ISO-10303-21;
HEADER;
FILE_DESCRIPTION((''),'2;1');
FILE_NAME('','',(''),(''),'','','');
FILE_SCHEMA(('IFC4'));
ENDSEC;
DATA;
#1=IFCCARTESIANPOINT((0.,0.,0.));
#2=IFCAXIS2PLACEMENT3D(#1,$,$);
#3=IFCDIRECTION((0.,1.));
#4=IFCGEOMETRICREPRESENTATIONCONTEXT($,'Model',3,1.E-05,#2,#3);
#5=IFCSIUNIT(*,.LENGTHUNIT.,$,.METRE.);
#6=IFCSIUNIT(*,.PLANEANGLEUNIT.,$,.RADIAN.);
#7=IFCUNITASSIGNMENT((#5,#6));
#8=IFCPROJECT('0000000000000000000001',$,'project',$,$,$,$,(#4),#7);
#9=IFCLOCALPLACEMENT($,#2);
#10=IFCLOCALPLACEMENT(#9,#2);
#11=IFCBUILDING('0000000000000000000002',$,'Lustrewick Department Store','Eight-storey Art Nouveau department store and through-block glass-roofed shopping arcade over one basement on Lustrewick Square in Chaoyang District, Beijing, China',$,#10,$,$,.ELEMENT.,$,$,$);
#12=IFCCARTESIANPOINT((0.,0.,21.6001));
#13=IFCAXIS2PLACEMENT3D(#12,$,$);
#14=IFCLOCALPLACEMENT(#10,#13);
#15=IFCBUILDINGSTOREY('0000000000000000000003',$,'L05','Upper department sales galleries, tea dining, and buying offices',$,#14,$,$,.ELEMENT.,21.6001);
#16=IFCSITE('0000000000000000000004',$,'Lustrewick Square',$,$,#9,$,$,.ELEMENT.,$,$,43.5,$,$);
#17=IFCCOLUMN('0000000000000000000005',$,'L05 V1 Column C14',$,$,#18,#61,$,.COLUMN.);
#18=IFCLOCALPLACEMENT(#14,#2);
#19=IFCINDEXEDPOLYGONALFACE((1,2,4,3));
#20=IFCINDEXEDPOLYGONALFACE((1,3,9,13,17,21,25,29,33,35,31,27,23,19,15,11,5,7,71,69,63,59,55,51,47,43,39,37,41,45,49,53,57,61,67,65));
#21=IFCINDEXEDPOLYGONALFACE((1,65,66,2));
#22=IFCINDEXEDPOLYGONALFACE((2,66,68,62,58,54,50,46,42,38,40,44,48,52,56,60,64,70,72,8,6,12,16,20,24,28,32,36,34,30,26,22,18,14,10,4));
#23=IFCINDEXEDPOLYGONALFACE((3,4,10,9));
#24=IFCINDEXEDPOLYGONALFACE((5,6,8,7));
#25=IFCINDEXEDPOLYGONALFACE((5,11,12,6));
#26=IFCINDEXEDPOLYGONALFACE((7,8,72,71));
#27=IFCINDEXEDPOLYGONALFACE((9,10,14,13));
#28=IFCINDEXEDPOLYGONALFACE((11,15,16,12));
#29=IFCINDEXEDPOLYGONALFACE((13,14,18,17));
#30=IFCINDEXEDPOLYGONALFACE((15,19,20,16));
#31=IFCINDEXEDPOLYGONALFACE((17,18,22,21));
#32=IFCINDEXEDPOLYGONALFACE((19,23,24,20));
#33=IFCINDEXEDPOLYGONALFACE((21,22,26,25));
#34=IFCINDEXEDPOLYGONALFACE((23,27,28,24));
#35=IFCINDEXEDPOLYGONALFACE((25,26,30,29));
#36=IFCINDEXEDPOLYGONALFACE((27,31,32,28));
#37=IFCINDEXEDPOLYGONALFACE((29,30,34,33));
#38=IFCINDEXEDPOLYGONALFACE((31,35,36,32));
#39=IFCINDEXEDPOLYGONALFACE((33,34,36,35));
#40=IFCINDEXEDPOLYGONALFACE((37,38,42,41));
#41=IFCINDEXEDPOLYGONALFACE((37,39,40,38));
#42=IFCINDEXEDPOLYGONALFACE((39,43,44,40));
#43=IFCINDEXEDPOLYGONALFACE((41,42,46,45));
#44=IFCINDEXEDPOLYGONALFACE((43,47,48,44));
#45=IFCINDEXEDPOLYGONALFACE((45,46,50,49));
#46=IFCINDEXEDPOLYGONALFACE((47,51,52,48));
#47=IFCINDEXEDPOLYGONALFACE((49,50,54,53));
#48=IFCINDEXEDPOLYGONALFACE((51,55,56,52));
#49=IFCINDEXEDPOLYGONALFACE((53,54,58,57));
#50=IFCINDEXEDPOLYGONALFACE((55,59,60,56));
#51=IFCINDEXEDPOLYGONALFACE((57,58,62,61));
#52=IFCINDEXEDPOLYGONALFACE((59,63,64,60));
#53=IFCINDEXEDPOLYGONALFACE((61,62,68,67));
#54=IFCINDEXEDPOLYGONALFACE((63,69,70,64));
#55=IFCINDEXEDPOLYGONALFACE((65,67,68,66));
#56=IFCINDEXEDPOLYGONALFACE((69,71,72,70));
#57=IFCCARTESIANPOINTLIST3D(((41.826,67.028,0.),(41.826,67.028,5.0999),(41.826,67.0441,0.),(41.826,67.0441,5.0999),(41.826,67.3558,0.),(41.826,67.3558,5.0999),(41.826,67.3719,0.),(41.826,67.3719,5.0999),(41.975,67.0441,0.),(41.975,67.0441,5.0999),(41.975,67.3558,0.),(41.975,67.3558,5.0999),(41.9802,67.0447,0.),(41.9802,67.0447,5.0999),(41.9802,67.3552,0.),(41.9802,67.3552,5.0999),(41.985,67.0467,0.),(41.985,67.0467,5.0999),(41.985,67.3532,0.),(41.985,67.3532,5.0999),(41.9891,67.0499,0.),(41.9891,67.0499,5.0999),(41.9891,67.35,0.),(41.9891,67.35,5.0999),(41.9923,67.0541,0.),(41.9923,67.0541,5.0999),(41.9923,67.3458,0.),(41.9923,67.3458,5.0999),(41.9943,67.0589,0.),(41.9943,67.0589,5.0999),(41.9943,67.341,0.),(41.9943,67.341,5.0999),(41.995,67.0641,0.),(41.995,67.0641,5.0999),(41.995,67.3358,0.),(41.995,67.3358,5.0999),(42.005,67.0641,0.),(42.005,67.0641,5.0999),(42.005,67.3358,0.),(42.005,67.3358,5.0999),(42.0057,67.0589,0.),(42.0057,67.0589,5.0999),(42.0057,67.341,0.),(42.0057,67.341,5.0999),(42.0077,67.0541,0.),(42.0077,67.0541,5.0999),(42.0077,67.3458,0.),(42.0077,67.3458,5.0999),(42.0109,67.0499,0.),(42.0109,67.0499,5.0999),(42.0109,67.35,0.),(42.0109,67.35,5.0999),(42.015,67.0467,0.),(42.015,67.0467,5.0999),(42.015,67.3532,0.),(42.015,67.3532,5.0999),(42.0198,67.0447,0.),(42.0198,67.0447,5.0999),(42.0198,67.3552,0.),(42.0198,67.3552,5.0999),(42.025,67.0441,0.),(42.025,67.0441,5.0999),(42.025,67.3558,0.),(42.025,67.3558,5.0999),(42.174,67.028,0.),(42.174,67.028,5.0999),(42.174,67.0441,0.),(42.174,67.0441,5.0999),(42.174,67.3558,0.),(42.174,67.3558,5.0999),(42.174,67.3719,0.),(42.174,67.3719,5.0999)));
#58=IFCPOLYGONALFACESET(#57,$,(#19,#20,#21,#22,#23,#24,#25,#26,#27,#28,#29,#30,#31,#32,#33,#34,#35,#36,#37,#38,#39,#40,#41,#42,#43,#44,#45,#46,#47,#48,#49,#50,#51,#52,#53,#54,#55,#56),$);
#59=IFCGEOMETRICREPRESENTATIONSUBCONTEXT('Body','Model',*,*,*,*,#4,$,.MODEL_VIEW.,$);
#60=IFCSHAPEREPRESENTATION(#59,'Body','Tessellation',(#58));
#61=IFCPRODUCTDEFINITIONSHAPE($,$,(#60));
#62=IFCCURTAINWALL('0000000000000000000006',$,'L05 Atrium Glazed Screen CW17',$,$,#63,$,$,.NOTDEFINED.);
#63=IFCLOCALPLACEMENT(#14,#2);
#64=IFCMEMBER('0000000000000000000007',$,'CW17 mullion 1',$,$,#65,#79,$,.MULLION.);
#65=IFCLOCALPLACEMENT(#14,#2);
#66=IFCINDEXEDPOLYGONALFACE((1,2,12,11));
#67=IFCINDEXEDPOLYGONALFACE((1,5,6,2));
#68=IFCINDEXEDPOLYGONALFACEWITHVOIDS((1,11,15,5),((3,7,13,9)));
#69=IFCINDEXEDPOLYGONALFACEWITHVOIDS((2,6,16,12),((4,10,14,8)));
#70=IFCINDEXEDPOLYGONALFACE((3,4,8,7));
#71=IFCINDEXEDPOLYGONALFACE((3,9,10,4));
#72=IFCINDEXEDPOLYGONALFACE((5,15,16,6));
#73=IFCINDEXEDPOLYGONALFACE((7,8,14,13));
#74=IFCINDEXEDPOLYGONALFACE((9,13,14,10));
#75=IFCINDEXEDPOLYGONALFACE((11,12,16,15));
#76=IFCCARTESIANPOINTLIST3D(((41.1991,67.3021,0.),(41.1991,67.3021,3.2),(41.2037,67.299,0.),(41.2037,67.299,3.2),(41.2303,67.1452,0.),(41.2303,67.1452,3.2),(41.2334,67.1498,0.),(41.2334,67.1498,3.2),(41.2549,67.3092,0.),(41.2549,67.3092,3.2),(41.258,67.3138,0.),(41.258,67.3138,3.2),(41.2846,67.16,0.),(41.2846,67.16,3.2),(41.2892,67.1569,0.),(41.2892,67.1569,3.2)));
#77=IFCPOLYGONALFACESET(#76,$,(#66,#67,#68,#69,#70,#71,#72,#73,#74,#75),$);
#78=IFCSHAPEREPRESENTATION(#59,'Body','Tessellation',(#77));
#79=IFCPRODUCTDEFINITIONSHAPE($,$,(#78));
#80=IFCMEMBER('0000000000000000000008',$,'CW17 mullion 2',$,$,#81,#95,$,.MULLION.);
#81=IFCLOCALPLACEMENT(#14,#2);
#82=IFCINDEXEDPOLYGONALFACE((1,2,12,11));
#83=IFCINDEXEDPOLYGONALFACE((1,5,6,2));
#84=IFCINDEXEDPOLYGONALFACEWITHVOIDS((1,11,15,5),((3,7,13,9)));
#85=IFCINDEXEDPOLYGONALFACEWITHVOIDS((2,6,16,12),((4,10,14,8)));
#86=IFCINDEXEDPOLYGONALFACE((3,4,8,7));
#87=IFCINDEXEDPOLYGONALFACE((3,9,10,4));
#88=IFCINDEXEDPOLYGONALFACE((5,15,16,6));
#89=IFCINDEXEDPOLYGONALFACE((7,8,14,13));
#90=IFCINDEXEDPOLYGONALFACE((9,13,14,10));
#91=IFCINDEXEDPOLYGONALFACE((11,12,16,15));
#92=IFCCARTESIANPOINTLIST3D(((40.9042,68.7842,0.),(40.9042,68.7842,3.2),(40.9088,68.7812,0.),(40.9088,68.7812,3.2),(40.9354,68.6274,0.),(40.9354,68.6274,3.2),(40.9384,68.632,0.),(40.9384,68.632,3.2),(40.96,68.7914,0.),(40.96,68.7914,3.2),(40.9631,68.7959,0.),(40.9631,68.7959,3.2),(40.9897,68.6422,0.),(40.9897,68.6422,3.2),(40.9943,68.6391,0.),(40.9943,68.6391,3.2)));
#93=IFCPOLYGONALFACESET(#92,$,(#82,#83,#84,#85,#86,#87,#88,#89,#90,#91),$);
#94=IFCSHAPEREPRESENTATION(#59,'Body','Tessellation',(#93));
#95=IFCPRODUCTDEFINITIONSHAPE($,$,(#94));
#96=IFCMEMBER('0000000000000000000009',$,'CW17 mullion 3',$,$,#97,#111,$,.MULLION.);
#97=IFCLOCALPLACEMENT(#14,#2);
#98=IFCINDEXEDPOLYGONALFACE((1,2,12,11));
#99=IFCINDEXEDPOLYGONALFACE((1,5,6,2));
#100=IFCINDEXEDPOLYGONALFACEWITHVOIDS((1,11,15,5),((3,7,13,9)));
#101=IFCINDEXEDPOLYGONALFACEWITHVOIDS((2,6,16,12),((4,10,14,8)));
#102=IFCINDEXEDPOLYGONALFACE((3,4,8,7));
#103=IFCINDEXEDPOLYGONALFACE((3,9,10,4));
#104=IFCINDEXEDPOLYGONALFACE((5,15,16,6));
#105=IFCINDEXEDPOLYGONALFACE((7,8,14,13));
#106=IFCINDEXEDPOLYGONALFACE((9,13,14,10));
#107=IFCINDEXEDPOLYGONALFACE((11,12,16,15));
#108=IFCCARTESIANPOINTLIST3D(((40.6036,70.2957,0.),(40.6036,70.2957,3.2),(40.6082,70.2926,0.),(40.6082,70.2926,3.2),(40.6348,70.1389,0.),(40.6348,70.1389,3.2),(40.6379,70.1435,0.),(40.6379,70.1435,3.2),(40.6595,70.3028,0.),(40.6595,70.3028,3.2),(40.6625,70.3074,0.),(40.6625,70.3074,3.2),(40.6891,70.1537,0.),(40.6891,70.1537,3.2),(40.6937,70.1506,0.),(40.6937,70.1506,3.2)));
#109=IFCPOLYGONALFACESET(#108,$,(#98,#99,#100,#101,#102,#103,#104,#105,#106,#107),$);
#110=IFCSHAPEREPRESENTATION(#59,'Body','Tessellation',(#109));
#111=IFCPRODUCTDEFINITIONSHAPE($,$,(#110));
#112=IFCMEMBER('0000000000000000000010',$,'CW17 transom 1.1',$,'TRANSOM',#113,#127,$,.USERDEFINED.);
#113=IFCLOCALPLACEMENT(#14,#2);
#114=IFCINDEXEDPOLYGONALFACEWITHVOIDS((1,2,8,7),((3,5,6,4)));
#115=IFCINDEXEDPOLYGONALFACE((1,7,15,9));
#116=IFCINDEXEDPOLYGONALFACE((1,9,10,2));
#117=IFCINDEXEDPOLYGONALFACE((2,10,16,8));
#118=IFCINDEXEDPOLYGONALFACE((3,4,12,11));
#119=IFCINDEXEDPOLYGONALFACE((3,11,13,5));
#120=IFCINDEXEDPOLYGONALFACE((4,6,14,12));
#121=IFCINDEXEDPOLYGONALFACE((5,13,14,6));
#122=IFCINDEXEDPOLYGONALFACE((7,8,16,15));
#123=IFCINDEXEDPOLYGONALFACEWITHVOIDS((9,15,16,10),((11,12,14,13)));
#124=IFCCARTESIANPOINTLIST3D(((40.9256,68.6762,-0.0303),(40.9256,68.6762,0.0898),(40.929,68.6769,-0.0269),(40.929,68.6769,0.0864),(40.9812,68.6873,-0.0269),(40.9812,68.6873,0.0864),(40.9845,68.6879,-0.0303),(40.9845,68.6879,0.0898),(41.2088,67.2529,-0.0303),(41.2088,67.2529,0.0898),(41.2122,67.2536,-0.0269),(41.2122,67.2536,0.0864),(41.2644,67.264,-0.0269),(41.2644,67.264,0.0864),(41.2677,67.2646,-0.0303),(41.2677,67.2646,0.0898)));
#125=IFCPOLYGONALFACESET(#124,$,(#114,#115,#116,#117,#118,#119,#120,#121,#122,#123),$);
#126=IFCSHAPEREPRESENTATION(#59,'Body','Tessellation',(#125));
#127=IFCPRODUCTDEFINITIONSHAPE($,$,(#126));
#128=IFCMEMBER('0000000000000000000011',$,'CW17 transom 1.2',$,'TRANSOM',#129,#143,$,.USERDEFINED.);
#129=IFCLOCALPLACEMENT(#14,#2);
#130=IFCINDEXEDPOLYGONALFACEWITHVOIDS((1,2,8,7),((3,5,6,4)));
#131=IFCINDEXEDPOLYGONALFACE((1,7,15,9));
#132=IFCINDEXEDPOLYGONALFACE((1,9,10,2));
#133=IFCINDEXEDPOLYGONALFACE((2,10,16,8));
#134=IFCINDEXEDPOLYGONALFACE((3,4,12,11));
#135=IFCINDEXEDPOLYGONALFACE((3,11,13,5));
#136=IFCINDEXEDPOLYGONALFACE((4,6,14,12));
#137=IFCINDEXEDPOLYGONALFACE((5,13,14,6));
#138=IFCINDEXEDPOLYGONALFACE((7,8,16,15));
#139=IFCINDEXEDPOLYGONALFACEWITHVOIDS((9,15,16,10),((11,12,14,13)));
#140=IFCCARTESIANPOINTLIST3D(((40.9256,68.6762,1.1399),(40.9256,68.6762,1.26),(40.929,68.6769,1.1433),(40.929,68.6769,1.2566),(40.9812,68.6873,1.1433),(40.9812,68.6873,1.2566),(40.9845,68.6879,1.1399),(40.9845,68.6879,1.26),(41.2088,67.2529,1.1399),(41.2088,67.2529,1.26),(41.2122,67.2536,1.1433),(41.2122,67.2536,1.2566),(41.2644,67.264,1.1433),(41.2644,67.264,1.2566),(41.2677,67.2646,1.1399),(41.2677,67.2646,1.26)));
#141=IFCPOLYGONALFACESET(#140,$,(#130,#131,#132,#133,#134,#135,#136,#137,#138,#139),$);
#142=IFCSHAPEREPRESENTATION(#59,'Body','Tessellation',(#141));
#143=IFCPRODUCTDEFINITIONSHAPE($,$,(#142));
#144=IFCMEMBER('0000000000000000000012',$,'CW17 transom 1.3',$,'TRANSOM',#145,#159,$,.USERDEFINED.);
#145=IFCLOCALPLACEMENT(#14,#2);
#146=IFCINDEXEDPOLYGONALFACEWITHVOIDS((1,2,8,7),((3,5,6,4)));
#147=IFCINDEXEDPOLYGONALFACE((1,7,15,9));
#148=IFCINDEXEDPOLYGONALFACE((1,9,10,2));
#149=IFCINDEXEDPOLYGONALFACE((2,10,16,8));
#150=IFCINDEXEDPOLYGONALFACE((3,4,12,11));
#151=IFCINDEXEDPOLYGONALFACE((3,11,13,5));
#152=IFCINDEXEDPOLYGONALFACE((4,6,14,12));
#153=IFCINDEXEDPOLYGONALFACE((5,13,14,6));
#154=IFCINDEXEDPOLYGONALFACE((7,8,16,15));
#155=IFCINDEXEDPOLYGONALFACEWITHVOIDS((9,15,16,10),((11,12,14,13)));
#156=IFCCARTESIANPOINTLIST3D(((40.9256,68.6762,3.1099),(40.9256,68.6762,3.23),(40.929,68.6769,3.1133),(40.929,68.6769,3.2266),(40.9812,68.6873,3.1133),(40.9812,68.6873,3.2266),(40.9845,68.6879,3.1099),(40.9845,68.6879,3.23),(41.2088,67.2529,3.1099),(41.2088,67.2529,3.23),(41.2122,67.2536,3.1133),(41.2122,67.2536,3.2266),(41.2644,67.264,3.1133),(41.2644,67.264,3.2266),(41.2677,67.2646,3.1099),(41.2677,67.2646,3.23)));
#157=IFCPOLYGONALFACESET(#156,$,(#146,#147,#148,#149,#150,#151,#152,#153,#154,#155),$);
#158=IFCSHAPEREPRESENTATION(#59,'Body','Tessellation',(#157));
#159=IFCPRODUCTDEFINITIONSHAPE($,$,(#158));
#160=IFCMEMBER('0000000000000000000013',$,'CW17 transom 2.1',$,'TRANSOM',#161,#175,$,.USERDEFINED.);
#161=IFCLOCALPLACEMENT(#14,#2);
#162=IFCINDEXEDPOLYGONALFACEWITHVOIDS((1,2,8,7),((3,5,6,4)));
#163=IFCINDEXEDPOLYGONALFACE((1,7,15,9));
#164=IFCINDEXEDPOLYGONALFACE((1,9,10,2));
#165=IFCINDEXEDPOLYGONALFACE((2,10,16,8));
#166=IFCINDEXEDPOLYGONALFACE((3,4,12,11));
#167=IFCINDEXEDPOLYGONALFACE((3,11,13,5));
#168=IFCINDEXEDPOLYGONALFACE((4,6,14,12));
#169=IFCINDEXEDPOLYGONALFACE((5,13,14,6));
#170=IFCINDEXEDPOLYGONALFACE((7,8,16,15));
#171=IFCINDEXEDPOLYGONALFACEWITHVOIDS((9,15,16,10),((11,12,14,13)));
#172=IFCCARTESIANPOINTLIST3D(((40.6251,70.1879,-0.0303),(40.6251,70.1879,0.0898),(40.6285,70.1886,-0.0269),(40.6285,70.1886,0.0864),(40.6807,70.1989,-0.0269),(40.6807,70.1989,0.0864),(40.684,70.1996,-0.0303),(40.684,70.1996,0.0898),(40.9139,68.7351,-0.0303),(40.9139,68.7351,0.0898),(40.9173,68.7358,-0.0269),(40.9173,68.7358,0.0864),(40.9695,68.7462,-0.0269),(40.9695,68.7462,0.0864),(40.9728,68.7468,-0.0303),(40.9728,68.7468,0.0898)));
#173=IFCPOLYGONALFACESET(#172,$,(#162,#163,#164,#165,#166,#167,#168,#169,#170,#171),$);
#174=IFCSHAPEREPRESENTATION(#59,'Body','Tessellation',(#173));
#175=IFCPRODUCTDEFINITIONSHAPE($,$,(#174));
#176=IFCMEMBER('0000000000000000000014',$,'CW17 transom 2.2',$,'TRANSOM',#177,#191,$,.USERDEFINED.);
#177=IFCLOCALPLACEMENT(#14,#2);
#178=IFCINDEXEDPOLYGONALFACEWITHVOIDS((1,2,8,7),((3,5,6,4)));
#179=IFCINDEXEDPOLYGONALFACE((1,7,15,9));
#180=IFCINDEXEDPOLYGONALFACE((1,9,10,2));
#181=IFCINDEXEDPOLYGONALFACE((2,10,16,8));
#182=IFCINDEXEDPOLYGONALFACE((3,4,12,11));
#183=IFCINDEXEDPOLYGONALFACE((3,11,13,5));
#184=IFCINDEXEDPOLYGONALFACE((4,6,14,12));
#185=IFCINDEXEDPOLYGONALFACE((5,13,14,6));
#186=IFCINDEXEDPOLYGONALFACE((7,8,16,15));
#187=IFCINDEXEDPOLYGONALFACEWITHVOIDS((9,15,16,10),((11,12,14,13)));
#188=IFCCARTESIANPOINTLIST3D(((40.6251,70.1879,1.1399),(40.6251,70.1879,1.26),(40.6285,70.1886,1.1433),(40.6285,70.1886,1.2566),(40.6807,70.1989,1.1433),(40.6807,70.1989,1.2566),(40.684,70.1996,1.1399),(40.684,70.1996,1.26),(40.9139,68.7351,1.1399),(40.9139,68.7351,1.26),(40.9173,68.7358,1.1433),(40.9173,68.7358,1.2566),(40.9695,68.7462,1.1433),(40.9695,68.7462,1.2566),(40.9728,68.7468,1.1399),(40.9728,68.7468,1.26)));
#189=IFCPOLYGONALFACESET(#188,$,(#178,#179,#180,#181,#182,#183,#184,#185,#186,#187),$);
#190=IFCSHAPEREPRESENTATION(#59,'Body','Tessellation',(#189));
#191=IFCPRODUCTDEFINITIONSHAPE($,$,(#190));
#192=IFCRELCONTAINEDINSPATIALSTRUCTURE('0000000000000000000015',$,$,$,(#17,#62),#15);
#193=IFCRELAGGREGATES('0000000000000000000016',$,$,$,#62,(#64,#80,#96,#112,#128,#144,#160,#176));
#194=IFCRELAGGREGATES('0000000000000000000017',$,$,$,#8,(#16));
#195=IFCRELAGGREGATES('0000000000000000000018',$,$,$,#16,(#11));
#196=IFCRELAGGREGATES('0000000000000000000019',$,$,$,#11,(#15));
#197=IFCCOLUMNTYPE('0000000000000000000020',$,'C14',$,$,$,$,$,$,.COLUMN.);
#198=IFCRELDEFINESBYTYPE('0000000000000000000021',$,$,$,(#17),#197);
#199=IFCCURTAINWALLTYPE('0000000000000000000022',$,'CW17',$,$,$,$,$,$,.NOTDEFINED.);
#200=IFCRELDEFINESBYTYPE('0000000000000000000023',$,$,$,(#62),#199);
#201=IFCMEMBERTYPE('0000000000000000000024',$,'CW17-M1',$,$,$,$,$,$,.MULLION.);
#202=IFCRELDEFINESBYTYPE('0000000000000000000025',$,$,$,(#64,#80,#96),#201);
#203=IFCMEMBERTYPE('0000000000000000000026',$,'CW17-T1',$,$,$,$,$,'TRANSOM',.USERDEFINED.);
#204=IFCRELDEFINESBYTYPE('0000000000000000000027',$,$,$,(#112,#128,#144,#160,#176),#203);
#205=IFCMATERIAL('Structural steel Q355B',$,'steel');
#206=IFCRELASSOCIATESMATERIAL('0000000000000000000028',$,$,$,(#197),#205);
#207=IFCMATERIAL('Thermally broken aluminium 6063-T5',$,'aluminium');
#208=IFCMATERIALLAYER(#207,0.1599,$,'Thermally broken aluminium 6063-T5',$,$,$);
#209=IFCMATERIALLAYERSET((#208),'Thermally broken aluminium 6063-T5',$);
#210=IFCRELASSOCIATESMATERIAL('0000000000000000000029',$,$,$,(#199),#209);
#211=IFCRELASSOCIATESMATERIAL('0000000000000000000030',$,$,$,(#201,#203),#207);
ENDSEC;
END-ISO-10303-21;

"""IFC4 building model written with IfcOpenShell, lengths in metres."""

from ifc_helpers import new_model, si_unit, direction, frame, origin, origin_2d, place, context, subcontext, project, spatial, hollow_rectangle, i_section, extrude, material, layer, layer_set, material_profile, profile_set, type_object, element, aggregate, save


model = new_model("IFC4")

# Units and contexts
model_context = context("Model", 3, precision=1e-05, world=origin(), true_north=direction((0.0, 1.0)))
body_context = subcontext(model_context, "Body", "Model", "MODEL_VIEW")
ifc_project = project(units=[si_unit("LENGTHUNIT", "METRE"), si_unit("PLANEANGLEUNIT", "RADIAN")], contexts=[model_context])

# Site, building, storey
site_placement = place(None, origin())
site = spatial("IfcSite", under=ifc_project, at=site_placement, Name="Lustrewick Square", CompositionType="ELEMENT", RefElevation=43.5)
building_placement = place(site_placement, origin())
building = spatial("IfcBuilding", under=site, at=building_placement, Name="Lustrewick Department Store", Description="Eight-storey Art Nouveau department store and through-block glass-roofed shopping arcade over one basement on Lustrewick Square in Chaoyang District, Beijing, China", CompositionType="ELEMENT")
storey_placement = place(building_placement, frame((0.0, 0.0, 21.6001)))
storey = spatial("IfcBuildingStorey", under=building, at=storey_placement, Name="L05", Description="Upper department sales galleries, tea dining, and buying offices", CompositionType="ELEMENT", Elevation=21.6001)

# Column
ifc_material_1 = material(Name="Structural steel Q355B", Category="steel")
ifc_material_profile_1 = material_profile(ifc_material_1, i_section(OverallWidth=0.3479, OverallDepth=0.344, WebThickness=0.01, FlangeThickness=0.0161, FilletRadius=0.02, at=origin_2d()), Name="HW 344x348x10x16")
ifc_profile_set_1 = profile_set([ifc_material_profile_1], Name="Structural steel Q355B")
column_type = type_object("IfcColumnType", Name="C14", PredefinedType="COLUMN", material=ifc_profile_set_1)
column_placement = place(storey_placement, frame((42.0, 67.2, 0.0), z_axis=(0.0, 0.0, 1.0), x_axis=(1.0, 0.0, 0.0)))
element("IfcColumn", 1, at=column_placement, inside=storey, type_object=column_type, Name="L05 V1 Column C14", PredefinedType="COLUMN", context=body_context, shape_type="SweptSolid", body=[
    extrude(i_section(OverallWidth=0.3479, OverallDepth=0.344, WebThickness=0.01, FlangeThickness=0.0161, FilletRadius=0.02, at=origin_2d()), origin(), (0.0, 0.0, 1.0), 5.0999),
])

# Curtain wall, members
ifc_material_2 = material(Name="Thermally broken aluminium 6063-T5", Category="aluminium")
ifc_layer_1 = layer(ifc_material_2, 0.1599, Name="Thermally broken aluminium 6063-T5")
ifc_layer_set_1 = layer_set([ifc_layer_1], Name="Thermally broken aluminium 6063-T5")
curtain_wall_type = type_object("IfcCurtainWallType", Name="CW17", PredefinedType="NOTDEFINED", material=ifc_layer_set_1)
curtain_wall_placement = place(storey_placement, origin())
curtain_wall = element("IfcCurtainWall", 2, at=curtain_wall_placement, inside=storey, type_object=curtain_wall_type, Name="L05 Atrium Glazed Screen CW17", PredefinedType="NOTDEFINED")
ifc_material_profile_2 = material_profile(ifc_material_2, hollow_rectangle(XDim=0.0601, YDim=0.1599, WallThickness=0.0039, at=origin_2d()), Name="ALU-M 60x160x4")
ifc_profile_set_2 = profile_set([ifc_material_profile_2], Name="Thermally broken aluminium 6063-T5")
member_type_1 = type_object("IfcMemberType", Name="CW17-M1", PredefinedType="MULLION", material=ifc_profile_set_2)
member_1_placement = place(storey_placement, frame((41.2441, 67.2295, 0.0), z_axis=(0.0, 0.0, 1.0), x_axis=(-0.980786, -0.195085, 0.0)))
member_1 = element("IfcMember", 3, at=member_1_placement, type_object=member_type_1, Name="CW17 mullion 1", PredefinedType="MULLION", context=body_context, shape_type="SweptSolid", body=[
    extrude(hollow_rectangle(XDim=0.0601, YDim=0.1599, WallThickness=0.0039, at=origin_2d()), origin(), (0.0, 0.0, 1.0), 3.2),
])
member_2_placement = place(storey_placement, frame((40.9492, 68.7117, 0.0), z_axis=(0.0, 0.0, 1.0), x_axis=(-0.980786, -0.195085, 0.0)))
member_2 = element("IfcMember", 4, at=member_2_placement, type_object=member_type_1, Name="CW17 mullion 2", PredefinedType="MULLION", context=body_context, shape_type="SweptSolid", body=[
    extrude(hollow_rectangle(XDim=0.0601, YDim=0.1599, WallThickness=0.0039, at=origin_2d()), origin(), (0.0, 0.0, 1.0), 3.2),
])
member_3_placement = place(storey_placement, frame((40.6487, 70.2231, 0.0), z_axis=(0.0, 0.0, 1.0), x_axis=(-0.980786, -0.195085, 0.0)))
member_3 = element("IfcMember", 5, at=member_3_placement, type_object=member_type_1, Name="CW17 mullion 3", PredefinedType="MULLION", context=body_context, shape_type="SweptSolid", body=[
    extrude(hollow_rectangle(XDim=0.0601, YDim=0.1599, WallThickness=0.0039, at=origin_2d()), origin(), (0.0, 0.0, 1.0), 3.2),
])
ifc_material_profile_3 = material_profile(ifc_material_2, hollow_rectangle(XDim=0.0601, YDim=0.1201, WallThickness=0.0034, at=origin_2d()), Name="ALU-T 60x120x3.5")
ifc_profile_set_3 = profile_set([ifc_material_profile_3], Name="Thermally broken aluminium 6063-T5")
member_type_2 = type_object("IfcMemberType", Name="CW17-T1", ElementType="TRANSOM", PredefinedType="USERDEFINED", material=ifc_profile_set_3)
member_4_placement = place(storey_placement, frame((41.2383, 67.2588, 0.0298), z_axis=(-0.195145, 0.980774, 0.0), x_axis=(-0.980774, -0.195145, 0.0)))
member_4 = element("IfcMember", 6, at=member_4_placement, type_object=member_type_2, Name="CW17 transom 1.1", ObjectType="TRANSOM", PredefinedType="USERDEFINED", context=body_context, shape_type="SweptSolid", body=[
    extrude(hollow_rectangle(XDim=0.0601, YDim=0.1201, WallThickness=0.0034, at=origin_2d()), origin(), (0.0, 0.0, 1.0), 1.4512),
])
member_5_placement = place(storey_placement, frame((41.2383, 67.2588, 1.2), z_axis=(-0.195145, 0.980774, 0.0), x_axis=(-0.980774, -0.195145, 0.0)))
member_5 = element("IfcMember", 7, at=member_5_placement, type_object=member_type_2, Name="CW17 transom 1.2", ObjectType="TRANSOM", PredefinedType="USERDEFINED", context=body_context, shape_type="SweptSolid", body=[
    extrude(hollow_rectangle(XDim=0.0601, YDim=0.1201, WallThickness=0.0034, at=origin_2d()), origin(), (0.0, 0.0, 1.0), 1.4512),
])
member_6_placement = place(storey_placement, frame((41.2383, 67.2588, 3.1699), z_axis=(-0.195145, 0.980774, 0.0), x_axis=(-0.980774, -0.195145, 0.0)))
member_6 = element("IfcMember", 8, at=member_6_placement, type_object=member_type_2, Name="CW17 transom 1.3", ObjectType="TRANSOM", PredefinedType="USERDEFINED", context=body_context, shape_type="SweptSolid", body=[
    extrude(hollow_rectangle(XDim=0.0601, YDim=0.1201, WallThickness=0.0034, at=origin_2d()), origin(), (0.0, 0.0, 1.0), 1.4512),
])
member_7_placement = place(storey_placement, frame((40.9434, 68.741, 0.0298), z_axis=(-0.194975, 0.980808, 0.0), x_axis=(-0.980808, -0.194975, 0.0)))
member_7 = element("IfcMember", 9, at=member_7_placement, type_object=member_type_2, Name="CW17 transom 2.1", ObjectType="TRANSOM", PredefinedType="USERDEFINED", context=body_context, shape_type="SweptSolid", body=[
    extrude(hollow_rectangle(XDim=0.0601, YDim=0.1201, WallThickness=0.0034, at=origin_2d()), origin(), (0.0, 0.0, 1.0), 1.4812),
])
member_8_placement = place(storey_placement, frame((40.9434, 68.741, 1.2), z_axis=(-0.194975, 0.980808, 0.0), x_axis=(-0.980808, -0.194975, 0.0)))
member_8 = element("IfcMember", 10, at=member_8_placement, type_object=member_type_2, Name="CW17 transom 2.2", ObjectType="TRANSOM", PredefinedType="USERDEFINED", context=body_context, shape_type="SweptSolid", body=[
    extrude(hollow_rectangle(XDim=0.0601, YDim=0.1201, WallThickness=0.0034, at=origin_2d()), origin(), (0.0, 0.0, 1.0), 1.4812),
])

aggregate(curtain_wall, [member_1, member_2, member_3, member_4, member_5, member_6, member_7, member_8])

save(model, "model.ifc")
